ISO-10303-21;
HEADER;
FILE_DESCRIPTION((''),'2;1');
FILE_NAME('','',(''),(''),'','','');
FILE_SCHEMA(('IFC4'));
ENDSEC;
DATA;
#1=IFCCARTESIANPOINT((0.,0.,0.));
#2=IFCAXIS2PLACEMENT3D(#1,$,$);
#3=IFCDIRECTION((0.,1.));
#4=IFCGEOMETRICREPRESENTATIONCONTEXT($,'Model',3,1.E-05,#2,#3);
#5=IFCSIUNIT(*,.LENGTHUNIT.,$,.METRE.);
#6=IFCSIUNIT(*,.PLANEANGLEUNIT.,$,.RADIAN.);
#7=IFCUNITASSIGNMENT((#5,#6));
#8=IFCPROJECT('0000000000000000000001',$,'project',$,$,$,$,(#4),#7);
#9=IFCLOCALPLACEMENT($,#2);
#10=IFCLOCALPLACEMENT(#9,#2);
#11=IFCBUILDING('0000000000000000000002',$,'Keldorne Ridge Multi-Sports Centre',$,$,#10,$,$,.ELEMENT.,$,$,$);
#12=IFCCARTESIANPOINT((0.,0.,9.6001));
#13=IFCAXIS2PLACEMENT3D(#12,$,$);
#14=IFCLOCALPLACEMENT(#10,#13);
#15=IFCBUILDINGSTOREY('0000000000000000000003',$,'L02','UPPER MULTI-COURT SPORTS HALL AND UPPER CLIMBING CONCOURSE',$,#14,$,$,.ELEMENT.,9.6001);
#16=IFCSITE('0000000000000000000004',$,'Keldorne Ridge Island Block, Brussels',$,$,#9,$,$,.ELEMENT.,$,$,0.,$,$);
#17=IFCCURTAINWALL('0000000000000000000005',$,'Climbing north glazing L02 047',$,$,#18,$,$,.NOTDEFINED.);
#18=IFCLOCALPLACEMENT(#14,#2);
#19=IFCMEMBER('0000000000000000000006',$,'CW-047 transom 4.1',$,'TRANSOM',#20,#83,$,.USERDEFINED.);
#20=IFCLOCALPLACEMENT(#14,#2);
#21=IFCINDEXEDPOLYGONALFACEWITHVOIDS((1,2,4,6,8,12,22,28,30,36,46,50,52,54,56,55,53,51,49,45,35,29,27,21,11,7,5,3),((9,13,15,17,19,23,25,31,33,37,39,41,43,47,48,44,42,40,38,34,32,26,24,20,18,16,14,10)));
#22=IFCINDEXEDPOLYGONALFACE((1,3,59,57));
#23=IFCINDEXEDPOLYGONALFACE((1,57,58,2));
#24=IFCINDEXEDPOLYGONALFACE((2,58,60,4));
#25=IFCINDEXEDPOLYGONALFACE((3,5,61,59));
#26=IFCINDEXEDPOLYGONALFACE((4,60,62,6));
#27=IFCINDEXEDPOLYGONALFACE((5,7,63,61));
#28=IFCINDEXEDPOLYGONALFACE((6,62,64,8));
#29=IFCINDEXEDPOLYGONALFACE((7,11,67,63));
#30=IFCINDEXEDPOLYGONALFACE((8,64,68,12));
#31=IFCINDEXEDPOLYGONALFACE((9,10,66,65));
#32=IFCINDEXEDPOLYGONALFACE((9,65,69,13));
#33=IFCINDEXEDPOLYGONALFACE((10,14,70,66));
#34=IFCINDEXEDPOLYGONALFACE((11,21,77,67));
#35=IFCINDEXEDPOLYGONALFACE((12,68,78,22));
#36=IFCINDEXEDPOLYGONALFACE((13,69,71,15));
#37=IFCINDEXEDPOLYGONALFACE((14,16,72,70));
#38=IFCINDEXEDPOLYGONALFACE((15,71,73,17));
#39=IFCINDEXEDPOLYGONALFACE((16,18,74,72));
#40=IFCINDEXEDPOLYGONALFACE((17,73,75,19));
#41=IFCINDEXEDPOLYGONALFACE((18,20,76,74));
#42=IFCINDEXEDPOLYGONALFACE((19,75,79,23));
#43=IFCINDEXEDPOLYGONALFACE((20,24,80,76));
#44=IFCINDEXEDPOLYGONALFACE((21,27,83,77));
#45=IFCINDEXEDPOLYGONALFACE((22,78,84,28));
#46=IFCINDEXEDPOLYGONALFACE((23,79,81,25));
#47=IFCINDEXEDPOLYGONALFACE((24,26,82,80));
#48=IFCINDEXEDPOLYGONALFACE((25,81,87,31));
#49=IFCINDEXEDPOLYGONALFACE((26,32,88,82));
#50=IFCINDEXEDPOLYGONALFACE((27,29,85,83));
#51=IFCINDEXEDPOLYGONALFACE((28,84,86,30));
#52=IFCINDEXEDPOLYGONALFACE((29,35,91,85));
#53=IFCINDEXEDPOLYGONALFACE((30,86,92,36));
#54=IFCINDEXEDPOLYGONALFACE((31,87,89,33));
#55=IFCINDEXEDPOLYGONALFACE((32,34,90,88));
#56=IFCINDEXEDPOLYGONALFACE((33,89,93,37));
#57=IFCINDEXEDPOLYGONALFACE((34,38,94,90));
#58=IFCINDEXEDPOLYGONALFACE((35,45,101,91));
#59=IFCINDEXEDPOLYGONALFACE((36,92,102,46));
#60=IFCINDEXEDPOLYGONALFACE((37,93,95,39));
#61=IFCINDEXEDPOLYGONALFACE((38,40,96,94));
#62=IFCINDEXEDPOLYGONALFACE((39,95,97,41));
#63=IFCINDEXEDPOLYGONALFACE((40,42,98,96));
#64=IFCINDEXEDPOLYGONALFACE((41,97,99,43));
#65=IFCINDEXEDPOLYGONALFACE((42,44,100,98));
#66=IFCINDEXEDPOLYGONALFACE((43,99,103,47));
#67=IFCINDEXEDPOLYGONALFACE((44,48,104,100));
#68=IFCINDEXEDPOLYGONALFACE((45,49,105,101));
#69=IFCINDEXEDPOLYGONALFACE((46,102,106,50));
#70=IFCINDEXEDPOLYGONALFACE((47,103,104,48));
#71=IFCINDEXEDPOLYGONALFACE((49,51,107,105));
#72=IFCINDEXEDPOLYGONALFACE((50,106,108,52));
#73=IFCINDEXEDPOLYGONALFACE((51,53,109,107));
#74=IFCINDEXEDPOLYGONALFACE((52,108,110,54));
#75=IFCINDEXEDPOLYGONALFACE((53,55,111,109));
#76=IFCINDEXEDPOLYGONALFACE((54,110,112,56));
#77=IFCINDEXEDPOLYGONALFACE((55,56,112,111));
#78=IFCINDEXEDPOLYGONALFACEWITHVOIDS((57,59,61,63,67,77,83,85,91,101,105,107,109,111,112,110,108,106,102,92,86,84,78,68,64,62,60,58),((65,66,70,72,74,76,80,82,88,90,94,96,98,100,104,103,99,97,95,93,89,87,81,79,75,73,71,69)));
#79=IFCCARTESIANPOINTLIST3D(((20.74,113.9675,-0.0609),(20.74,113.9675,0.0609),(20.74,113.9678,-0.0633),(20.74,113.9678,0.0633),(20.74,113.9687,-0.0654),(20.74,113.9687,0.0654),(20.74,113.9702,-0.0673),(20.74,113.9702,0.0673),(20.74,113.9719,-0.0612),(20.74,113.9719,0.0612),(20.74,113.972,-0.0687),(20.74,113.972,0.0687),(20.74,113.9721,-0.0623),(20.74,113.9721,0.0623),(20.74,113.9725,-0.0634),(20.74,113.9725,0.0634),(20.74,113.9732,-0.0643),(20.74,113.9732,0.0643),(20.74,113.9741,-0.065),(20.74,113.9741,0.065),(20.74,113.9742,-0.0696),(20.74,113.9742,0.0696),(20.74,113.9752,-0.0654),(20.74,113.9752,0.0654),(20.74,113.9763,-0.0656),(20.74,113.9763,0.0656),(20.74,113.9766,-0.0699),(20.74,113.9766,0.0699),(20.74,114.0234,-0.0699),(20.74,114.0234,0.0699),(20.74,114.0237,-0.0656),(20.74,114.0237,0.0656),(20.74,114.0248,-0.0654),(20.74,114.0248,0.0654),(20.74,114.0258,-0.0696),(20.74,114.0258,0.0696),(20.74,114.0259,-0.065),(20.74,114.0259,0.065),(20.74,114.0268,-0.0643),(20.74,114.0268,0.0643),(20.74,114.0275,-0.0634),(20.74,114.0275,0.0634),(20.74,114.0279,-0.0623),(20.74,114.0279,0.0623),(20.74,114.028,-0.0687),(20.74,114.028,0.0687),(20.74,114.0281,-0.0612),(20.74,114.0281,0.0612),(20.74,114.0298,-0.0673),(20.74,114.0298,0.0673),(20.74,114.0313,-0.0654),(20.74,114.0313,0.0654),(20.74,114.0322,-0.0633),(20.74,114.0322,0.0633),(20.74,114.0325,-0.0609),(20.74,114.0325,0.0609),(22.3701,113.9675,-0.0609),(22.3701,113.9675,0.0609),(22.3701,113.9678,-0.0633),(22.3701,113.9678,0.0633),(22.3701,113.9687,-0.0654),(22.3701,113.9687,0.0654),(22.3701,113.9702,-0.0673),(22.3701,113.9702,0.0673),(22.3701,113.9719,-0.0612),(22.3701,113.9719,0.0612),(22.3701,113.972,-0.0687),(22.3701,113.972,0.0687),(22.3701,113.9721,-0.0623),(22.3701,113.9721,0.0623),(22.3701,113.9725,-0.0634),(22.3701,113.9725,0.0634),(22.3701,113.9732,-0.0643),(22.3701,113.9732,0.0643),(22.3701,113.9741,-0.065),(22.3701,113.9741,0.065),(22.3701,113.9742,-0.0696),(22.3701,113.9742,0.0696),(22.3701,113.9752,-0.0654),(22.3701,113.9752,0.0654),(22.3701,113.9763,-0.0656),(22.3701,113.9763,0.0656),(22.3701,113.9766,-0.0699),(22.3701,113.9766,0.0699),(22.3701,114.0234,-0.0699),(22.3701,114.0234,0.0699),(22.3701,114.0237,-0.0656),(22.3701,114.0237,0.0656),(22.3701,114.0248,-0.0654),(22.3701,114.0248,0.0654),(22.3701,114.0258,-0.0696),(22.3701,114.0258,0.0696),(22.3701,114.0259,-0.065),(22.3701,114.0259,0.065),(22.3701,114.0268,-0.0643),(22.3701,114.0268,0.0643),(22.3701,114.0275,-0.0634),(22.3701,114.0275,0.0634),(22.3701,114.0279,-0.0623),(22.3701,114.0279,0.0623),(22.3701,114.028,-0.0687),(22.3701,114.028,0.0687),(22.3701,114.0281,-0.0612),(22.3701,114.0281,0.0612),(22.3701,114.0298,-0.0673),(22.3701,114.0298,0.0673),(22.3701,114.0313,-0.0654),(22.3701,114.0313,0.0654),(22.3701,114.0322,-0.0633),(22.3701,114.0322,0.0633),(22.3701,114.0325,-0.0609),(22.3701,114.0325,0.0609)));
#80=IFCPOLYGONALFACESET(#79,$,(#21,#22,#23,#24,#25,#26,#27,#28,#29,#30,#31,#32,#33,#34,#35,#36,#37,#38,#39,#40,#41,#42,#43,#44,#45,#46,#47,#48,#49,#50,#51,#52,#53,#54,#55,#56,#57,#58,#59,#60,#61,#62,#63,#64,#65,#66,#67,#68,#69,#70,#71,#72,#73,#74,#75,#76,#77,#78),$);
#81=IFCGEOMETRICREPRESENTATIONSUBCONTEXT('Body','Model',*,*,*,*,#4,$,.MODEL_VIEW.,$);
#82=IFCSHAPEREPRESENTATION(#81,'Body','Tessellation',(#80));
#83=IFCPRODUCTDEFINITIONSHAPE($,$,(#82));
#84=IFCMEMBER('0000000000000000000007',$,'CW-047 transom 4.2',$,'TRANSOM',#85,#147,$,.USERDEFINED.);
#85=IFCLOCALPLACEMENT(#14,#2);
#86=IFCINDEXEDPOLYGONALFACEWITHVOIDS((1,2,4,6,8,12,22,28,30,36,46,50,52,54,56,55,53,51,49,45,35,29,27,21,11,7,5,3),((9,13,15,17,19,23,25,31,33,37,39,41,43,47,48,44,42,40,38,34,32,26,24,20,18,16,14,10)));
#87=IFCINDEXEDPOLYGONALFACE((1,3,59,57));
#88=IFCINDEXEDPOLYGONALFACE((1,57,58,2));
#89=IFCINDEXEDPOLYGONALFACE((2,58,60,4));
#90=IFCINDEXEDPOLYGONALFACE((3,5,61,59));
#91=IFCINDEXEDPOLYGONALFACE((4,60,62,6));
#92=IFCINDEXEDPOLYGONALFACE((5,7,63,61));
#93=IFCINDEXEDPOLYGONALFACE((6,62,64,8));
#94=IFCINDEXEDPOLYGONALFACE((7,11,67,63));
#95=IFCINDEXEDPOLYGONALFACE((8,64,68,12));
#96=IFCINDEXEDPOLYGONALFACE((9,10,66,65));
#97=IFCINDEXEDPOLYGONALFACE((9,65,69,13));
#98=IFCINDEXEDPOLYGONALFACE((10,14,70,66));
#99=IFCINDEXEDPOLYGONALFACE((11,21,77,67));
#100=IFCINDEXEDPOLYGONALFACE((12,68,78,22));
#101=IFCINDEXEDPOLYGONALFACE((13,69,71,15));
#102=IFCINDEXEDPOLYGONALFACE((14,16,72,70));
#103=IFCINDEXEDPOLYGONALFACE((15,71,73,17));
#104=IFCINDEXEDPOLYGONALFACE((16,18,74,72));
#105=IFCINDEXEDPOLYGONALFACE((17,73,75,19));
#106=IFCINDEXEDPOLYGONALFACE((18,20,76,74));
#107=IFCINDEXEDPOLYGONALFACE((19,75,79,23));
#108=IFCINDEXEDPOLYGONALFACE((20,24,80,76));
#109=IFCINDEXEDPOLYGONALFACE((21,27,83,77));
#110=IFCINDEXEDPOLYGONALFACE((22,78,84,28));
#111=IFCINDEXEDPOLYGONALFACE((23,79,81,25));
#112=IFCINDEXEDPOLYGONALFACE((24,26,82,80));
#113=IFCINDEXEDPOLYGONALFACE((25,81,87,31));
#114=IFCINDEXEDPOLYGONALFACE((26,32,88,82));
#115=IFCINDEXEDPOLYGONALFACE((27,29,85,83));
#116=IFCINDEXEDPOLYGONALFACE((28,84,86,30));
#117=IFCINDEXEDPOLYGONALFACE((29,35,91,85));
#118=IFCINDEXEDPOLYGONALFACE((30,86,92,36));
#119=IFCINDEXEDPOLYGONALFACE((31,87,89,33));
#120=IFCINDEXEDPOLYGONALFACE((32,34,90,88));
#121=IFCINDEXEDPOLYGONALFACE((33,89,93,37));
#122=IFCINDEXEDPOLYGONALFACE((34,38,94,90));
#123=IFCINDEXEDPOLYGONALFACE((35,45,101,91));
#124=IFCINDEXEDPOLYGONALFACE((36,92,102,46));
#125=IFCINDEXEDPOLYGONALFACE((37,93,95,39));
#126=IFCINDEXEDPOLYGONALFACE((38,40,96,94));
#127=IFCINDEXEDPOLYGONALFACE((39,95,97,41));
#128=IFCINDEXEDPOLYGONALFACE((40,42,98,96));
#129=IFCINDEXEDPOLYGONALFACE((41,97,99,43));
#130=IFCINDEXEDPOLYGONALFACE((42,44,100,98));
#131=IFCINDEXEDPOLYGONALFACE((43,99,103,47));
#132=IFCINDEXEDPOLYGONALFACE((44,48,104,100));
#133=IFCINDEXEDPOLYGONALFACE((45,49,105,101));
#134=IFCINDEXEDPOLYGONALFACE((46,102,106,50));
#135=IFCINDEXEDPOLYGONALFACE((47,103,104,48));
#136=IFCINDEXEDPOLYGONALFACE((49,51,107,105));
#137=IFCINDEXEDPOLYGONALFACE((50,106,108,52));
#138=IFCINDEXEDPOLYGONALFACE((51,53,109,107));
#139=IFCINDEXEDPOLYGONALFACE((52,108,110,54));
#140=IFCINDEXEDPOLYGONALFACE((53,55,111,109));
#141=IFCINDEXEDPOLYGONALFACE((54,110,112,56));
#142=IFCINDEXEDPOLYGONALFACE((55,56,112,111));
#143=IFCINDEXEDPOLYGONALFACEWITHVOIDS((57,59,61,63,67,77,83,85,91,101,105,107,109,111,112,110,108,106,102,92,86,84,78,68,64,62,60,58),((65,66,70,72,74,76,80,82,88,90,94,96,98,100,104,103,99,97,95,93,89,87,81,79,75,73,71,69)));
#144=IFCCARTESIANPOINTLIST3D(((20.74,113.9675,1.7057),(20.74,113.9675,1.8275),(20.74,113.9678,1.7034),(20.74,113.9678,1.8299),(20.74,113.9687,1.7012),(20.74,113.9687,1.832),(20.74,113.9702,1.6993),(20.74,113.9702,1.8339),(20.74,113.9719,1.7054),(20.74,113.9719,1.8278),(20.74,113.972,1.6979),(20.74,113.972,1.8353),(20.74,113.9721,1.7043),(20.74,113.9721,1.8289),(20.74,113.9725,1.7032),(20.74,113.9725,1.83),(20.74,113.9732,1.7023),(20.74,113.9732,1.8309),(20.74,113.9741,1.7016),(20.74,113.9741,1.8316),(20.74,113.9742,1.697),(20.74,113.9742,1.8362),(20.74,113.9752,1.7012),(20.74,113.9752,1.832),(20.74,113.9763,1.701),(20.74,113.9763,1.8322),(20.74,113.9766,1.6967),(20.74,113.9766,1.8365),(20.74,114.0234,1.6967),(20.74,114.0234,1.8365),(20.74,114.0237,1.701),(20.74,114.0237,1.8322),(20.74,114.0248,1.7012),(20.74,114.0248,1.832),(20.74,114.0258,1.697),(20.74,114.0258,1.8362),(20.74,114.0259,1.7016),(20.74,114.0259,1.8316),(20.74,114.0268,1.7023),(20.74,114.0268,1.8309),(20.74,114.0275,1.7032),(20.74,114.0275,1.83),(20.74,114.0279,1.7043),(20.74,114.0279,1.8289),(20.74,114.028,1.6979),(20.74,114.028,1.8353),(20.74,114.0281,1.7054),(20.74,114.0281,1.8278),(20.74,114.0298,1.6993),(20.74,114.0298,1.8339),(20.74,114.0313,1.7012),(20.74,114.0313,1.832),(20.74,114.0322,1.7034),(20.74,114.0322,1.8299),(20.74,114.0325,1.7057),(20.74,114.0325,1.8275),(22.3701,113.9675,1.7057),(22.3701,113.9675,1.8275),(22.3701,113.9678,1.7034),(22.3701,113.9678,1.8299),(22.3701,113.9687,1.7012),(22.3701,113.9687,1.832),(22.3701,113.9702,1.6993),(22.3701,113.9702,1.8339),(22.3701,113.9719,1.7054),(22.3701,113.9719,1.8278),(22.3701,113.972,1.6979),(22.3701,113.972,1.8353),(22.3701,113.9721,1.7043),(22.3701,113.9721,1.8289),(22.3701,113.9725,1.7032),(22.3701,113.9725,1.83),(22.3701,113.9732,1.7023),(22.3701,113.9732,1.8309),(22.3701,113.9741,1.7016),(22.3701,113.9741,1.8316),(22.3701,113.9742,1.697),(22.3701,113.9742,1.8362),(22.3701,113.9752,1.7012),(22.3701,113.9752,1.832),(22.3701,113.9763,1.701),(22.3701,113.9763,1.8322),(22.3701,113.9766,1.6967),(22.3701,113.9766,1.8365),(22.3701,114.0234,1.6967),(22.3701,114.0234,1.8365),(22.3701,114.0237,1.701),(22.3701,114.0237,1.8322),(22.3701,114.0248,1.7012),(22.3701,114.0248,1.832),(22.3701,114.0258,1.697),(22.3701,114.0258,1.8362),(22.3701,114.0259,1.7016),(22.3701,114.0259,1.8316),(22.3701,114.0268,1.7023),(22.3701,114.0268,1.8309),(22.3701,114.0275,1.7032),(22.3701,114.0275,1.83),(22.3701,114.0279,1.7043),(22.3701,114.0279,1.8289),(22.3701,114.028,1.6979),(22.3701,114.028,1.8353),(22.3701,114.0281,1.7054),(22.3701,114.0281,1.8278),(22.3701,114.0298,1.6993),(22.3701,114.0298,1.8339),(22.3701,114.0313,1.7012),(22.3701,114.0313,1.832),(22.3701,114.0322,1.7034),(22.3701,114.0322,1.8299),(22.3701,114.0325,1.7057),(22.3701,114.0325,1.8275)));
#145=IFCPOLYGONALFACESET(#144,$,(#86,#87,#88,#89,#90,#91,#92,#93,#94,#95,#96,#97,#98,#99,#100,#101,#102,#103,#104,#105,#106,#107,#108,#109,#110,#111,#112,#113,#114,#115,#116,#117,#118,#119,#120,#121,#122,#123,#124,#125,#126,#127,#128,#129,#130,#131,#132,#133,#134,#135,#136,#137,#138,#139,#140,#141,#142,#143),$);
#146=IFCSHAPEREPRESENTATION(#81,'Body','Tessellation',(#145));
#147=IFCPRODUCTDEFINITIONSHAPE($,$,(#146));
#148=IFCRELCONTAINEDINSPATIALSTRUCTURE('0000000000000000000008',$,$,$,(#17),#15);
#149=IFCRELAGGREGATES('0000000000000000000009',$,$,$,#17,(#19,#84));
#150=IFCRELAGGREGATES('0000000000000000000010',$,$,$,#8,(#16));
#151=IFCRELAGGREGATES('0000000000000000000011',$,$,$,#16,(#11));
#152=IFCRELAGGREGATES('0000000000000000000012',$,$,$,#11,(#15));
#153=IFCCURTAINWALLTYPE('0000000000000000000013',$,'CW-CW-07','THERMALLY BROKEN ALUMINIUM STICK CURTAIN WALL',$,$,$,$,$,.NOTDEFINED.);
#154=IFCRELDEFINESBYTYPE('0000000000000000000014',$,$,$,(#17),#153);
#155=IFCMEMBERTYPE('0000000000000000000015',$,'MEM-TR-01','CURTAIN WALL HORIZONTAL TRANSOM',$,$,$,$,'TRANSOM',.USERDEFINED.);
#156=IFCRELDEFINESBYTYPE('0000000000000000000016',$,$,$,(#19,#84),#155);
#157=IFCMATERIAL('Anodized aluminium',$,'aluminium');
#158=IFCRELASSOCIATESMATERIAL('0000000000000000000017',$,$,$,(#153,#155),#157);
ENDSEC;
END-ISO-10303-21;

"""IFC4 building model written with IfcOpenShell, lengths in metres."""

from ifc_helpers import new_model, si_unit, direction, frame, origin, origin_2d, place, context, subcontext, project, spatial, hollow_rectangle, extrude, material, material_profile, profile_set, type_object, element, aggregate, save


model = new_model("IFC4")

# Units and contexts
model_context = context("Model", 3, precision=1e-05, world=origin(), true_north=direction((0.0, 1.0)))
body_context = subcontext(model_context, "Body", "Model", "MODEL_VIEW")
ifc_project = project(units=[si_unit("LENGTHUNIT", "METRE"), si_unit("PLANEANGLEUNIT", "RADIAN")], contexts=[model_context])

# Site, building, storey
site_placement = place(None, origin())
site = spatial("IfcSite", under=ifc_project, at=site_placement, Name="Keldorne Ridge Island Block, Brussels", CompositionType="ELEMENT", RefElevation=0.0)
building_placement = place(site_placement, origin())
building = spatial("IfcBuilding", under=site, at=building_placement, Name="Keldorne Ridge Multi-Sports Centre", CompositionType="ELEMENT")
storey_placement = place(building_placement, frame((0.0, 0.0, 9.6001)))
storey = spatial("IfcBuildingStorey", under=building, at=storey_placement, Name="L02", Description="UPPER MULTI-COURT SPORTS HALL AND UPPER CLIMBING CONCOURSE", CompositionType="ELEMENT", Elevation=9.6001)

# Curtain wall
ifc_material_1 = material(Name="Anodized aluminium", Category="aluminium")
curtain_wall_type = type_object("IfcCurtainWallType", Name="CW-CW-07", Description="THERMALLY BROKEN ALUMINIUM STICK CURTAIN WALL", PredefinedType="NOTDEFINED", material=ifc_material_1)
curtain_wall_placement = place(storey_placement, origin())
curtain_wall = element("IfcCurtainWall", 1, at=curtain_wall_placement, inside=storey, type_object=curtain_wall_type, Name="Climbing north glazing L02 047", PredefinedType="NOTDEFINED")

# Members
ifc_material_profile_1 = material_profile(ifc_material_1, hollow_rectangle(XDim=0.0649, YDim=0.1399, WallThickness=0.0044, InnerFilletRadius=0.0044, OuterFilletRadius=0.009, at=origin_2d()), Name="ALU TRANSOM 140x65x4.5")
ifc_profile_set_1 = profile_set([ifc_material_profile_1], Name="Anodized aluminium")
member_type_1 = type_object("IfcMemberType", Name="MEM-TR-01", Description="CURTAIN WALL HORIZONTAL TRANSOM", ElementType="TRANSOM", PredefinedType="USERDEFINED", material=ifc_profile_set_1)
member_1_placement = place(storey_placement, frame((22.3701, 114.0, 0.0), z_axis=(-1.0, 0.0, 0.0), x_axis=(0.0, -1.0, 0.0)))
member_1 = element("IfcMember", 2, at=member_1_placement, type_object=member_type_1, Name="CW-047 transom 4.1", ObjectType="TRANSOM", PredefinedType="USERDEFINED", context=body_context, shape_type="SweptSolid", body=[
    extrude(hollow_rectangle(XDim=0.0649, YDim=0.1399, WallThickness=0.0044, InnerFilletRadius=0.0044, OuterFilletRadius=0.009, at=origin_2d()), origin(), (0.0, 0.0, 1.0), 1.6301),
])
member_2_placement = place(storey_placement, frame((22.3701, 114.0, 1.7666), z_axis=(-1.0, 0.0, 0.0), x_axis=(0.0, -1.0, 0.0)))
member_2 = element("IfcMember", 3, at=member_2_placement, type_object=member_type_1, Name="CW-047 transom 4.2", ObjectType="TRANSOM", PredefinedType="USERDEFINED", context=body_context, shape_type="SweptSolid", body=[
    extrude(hollow_rectangle(XDim=0.0649, YDim=0.1399, WallThickness=0.0044, InnerFilletRadius=0.0044, OuterFilletRadius=0.009, at=origin_2d()), origin(), (0.0, 0.0, 1.0), 1.6301),
])

aggregate(curtain_wall, [member_1, member_2])

save(model, "model.ifc")
